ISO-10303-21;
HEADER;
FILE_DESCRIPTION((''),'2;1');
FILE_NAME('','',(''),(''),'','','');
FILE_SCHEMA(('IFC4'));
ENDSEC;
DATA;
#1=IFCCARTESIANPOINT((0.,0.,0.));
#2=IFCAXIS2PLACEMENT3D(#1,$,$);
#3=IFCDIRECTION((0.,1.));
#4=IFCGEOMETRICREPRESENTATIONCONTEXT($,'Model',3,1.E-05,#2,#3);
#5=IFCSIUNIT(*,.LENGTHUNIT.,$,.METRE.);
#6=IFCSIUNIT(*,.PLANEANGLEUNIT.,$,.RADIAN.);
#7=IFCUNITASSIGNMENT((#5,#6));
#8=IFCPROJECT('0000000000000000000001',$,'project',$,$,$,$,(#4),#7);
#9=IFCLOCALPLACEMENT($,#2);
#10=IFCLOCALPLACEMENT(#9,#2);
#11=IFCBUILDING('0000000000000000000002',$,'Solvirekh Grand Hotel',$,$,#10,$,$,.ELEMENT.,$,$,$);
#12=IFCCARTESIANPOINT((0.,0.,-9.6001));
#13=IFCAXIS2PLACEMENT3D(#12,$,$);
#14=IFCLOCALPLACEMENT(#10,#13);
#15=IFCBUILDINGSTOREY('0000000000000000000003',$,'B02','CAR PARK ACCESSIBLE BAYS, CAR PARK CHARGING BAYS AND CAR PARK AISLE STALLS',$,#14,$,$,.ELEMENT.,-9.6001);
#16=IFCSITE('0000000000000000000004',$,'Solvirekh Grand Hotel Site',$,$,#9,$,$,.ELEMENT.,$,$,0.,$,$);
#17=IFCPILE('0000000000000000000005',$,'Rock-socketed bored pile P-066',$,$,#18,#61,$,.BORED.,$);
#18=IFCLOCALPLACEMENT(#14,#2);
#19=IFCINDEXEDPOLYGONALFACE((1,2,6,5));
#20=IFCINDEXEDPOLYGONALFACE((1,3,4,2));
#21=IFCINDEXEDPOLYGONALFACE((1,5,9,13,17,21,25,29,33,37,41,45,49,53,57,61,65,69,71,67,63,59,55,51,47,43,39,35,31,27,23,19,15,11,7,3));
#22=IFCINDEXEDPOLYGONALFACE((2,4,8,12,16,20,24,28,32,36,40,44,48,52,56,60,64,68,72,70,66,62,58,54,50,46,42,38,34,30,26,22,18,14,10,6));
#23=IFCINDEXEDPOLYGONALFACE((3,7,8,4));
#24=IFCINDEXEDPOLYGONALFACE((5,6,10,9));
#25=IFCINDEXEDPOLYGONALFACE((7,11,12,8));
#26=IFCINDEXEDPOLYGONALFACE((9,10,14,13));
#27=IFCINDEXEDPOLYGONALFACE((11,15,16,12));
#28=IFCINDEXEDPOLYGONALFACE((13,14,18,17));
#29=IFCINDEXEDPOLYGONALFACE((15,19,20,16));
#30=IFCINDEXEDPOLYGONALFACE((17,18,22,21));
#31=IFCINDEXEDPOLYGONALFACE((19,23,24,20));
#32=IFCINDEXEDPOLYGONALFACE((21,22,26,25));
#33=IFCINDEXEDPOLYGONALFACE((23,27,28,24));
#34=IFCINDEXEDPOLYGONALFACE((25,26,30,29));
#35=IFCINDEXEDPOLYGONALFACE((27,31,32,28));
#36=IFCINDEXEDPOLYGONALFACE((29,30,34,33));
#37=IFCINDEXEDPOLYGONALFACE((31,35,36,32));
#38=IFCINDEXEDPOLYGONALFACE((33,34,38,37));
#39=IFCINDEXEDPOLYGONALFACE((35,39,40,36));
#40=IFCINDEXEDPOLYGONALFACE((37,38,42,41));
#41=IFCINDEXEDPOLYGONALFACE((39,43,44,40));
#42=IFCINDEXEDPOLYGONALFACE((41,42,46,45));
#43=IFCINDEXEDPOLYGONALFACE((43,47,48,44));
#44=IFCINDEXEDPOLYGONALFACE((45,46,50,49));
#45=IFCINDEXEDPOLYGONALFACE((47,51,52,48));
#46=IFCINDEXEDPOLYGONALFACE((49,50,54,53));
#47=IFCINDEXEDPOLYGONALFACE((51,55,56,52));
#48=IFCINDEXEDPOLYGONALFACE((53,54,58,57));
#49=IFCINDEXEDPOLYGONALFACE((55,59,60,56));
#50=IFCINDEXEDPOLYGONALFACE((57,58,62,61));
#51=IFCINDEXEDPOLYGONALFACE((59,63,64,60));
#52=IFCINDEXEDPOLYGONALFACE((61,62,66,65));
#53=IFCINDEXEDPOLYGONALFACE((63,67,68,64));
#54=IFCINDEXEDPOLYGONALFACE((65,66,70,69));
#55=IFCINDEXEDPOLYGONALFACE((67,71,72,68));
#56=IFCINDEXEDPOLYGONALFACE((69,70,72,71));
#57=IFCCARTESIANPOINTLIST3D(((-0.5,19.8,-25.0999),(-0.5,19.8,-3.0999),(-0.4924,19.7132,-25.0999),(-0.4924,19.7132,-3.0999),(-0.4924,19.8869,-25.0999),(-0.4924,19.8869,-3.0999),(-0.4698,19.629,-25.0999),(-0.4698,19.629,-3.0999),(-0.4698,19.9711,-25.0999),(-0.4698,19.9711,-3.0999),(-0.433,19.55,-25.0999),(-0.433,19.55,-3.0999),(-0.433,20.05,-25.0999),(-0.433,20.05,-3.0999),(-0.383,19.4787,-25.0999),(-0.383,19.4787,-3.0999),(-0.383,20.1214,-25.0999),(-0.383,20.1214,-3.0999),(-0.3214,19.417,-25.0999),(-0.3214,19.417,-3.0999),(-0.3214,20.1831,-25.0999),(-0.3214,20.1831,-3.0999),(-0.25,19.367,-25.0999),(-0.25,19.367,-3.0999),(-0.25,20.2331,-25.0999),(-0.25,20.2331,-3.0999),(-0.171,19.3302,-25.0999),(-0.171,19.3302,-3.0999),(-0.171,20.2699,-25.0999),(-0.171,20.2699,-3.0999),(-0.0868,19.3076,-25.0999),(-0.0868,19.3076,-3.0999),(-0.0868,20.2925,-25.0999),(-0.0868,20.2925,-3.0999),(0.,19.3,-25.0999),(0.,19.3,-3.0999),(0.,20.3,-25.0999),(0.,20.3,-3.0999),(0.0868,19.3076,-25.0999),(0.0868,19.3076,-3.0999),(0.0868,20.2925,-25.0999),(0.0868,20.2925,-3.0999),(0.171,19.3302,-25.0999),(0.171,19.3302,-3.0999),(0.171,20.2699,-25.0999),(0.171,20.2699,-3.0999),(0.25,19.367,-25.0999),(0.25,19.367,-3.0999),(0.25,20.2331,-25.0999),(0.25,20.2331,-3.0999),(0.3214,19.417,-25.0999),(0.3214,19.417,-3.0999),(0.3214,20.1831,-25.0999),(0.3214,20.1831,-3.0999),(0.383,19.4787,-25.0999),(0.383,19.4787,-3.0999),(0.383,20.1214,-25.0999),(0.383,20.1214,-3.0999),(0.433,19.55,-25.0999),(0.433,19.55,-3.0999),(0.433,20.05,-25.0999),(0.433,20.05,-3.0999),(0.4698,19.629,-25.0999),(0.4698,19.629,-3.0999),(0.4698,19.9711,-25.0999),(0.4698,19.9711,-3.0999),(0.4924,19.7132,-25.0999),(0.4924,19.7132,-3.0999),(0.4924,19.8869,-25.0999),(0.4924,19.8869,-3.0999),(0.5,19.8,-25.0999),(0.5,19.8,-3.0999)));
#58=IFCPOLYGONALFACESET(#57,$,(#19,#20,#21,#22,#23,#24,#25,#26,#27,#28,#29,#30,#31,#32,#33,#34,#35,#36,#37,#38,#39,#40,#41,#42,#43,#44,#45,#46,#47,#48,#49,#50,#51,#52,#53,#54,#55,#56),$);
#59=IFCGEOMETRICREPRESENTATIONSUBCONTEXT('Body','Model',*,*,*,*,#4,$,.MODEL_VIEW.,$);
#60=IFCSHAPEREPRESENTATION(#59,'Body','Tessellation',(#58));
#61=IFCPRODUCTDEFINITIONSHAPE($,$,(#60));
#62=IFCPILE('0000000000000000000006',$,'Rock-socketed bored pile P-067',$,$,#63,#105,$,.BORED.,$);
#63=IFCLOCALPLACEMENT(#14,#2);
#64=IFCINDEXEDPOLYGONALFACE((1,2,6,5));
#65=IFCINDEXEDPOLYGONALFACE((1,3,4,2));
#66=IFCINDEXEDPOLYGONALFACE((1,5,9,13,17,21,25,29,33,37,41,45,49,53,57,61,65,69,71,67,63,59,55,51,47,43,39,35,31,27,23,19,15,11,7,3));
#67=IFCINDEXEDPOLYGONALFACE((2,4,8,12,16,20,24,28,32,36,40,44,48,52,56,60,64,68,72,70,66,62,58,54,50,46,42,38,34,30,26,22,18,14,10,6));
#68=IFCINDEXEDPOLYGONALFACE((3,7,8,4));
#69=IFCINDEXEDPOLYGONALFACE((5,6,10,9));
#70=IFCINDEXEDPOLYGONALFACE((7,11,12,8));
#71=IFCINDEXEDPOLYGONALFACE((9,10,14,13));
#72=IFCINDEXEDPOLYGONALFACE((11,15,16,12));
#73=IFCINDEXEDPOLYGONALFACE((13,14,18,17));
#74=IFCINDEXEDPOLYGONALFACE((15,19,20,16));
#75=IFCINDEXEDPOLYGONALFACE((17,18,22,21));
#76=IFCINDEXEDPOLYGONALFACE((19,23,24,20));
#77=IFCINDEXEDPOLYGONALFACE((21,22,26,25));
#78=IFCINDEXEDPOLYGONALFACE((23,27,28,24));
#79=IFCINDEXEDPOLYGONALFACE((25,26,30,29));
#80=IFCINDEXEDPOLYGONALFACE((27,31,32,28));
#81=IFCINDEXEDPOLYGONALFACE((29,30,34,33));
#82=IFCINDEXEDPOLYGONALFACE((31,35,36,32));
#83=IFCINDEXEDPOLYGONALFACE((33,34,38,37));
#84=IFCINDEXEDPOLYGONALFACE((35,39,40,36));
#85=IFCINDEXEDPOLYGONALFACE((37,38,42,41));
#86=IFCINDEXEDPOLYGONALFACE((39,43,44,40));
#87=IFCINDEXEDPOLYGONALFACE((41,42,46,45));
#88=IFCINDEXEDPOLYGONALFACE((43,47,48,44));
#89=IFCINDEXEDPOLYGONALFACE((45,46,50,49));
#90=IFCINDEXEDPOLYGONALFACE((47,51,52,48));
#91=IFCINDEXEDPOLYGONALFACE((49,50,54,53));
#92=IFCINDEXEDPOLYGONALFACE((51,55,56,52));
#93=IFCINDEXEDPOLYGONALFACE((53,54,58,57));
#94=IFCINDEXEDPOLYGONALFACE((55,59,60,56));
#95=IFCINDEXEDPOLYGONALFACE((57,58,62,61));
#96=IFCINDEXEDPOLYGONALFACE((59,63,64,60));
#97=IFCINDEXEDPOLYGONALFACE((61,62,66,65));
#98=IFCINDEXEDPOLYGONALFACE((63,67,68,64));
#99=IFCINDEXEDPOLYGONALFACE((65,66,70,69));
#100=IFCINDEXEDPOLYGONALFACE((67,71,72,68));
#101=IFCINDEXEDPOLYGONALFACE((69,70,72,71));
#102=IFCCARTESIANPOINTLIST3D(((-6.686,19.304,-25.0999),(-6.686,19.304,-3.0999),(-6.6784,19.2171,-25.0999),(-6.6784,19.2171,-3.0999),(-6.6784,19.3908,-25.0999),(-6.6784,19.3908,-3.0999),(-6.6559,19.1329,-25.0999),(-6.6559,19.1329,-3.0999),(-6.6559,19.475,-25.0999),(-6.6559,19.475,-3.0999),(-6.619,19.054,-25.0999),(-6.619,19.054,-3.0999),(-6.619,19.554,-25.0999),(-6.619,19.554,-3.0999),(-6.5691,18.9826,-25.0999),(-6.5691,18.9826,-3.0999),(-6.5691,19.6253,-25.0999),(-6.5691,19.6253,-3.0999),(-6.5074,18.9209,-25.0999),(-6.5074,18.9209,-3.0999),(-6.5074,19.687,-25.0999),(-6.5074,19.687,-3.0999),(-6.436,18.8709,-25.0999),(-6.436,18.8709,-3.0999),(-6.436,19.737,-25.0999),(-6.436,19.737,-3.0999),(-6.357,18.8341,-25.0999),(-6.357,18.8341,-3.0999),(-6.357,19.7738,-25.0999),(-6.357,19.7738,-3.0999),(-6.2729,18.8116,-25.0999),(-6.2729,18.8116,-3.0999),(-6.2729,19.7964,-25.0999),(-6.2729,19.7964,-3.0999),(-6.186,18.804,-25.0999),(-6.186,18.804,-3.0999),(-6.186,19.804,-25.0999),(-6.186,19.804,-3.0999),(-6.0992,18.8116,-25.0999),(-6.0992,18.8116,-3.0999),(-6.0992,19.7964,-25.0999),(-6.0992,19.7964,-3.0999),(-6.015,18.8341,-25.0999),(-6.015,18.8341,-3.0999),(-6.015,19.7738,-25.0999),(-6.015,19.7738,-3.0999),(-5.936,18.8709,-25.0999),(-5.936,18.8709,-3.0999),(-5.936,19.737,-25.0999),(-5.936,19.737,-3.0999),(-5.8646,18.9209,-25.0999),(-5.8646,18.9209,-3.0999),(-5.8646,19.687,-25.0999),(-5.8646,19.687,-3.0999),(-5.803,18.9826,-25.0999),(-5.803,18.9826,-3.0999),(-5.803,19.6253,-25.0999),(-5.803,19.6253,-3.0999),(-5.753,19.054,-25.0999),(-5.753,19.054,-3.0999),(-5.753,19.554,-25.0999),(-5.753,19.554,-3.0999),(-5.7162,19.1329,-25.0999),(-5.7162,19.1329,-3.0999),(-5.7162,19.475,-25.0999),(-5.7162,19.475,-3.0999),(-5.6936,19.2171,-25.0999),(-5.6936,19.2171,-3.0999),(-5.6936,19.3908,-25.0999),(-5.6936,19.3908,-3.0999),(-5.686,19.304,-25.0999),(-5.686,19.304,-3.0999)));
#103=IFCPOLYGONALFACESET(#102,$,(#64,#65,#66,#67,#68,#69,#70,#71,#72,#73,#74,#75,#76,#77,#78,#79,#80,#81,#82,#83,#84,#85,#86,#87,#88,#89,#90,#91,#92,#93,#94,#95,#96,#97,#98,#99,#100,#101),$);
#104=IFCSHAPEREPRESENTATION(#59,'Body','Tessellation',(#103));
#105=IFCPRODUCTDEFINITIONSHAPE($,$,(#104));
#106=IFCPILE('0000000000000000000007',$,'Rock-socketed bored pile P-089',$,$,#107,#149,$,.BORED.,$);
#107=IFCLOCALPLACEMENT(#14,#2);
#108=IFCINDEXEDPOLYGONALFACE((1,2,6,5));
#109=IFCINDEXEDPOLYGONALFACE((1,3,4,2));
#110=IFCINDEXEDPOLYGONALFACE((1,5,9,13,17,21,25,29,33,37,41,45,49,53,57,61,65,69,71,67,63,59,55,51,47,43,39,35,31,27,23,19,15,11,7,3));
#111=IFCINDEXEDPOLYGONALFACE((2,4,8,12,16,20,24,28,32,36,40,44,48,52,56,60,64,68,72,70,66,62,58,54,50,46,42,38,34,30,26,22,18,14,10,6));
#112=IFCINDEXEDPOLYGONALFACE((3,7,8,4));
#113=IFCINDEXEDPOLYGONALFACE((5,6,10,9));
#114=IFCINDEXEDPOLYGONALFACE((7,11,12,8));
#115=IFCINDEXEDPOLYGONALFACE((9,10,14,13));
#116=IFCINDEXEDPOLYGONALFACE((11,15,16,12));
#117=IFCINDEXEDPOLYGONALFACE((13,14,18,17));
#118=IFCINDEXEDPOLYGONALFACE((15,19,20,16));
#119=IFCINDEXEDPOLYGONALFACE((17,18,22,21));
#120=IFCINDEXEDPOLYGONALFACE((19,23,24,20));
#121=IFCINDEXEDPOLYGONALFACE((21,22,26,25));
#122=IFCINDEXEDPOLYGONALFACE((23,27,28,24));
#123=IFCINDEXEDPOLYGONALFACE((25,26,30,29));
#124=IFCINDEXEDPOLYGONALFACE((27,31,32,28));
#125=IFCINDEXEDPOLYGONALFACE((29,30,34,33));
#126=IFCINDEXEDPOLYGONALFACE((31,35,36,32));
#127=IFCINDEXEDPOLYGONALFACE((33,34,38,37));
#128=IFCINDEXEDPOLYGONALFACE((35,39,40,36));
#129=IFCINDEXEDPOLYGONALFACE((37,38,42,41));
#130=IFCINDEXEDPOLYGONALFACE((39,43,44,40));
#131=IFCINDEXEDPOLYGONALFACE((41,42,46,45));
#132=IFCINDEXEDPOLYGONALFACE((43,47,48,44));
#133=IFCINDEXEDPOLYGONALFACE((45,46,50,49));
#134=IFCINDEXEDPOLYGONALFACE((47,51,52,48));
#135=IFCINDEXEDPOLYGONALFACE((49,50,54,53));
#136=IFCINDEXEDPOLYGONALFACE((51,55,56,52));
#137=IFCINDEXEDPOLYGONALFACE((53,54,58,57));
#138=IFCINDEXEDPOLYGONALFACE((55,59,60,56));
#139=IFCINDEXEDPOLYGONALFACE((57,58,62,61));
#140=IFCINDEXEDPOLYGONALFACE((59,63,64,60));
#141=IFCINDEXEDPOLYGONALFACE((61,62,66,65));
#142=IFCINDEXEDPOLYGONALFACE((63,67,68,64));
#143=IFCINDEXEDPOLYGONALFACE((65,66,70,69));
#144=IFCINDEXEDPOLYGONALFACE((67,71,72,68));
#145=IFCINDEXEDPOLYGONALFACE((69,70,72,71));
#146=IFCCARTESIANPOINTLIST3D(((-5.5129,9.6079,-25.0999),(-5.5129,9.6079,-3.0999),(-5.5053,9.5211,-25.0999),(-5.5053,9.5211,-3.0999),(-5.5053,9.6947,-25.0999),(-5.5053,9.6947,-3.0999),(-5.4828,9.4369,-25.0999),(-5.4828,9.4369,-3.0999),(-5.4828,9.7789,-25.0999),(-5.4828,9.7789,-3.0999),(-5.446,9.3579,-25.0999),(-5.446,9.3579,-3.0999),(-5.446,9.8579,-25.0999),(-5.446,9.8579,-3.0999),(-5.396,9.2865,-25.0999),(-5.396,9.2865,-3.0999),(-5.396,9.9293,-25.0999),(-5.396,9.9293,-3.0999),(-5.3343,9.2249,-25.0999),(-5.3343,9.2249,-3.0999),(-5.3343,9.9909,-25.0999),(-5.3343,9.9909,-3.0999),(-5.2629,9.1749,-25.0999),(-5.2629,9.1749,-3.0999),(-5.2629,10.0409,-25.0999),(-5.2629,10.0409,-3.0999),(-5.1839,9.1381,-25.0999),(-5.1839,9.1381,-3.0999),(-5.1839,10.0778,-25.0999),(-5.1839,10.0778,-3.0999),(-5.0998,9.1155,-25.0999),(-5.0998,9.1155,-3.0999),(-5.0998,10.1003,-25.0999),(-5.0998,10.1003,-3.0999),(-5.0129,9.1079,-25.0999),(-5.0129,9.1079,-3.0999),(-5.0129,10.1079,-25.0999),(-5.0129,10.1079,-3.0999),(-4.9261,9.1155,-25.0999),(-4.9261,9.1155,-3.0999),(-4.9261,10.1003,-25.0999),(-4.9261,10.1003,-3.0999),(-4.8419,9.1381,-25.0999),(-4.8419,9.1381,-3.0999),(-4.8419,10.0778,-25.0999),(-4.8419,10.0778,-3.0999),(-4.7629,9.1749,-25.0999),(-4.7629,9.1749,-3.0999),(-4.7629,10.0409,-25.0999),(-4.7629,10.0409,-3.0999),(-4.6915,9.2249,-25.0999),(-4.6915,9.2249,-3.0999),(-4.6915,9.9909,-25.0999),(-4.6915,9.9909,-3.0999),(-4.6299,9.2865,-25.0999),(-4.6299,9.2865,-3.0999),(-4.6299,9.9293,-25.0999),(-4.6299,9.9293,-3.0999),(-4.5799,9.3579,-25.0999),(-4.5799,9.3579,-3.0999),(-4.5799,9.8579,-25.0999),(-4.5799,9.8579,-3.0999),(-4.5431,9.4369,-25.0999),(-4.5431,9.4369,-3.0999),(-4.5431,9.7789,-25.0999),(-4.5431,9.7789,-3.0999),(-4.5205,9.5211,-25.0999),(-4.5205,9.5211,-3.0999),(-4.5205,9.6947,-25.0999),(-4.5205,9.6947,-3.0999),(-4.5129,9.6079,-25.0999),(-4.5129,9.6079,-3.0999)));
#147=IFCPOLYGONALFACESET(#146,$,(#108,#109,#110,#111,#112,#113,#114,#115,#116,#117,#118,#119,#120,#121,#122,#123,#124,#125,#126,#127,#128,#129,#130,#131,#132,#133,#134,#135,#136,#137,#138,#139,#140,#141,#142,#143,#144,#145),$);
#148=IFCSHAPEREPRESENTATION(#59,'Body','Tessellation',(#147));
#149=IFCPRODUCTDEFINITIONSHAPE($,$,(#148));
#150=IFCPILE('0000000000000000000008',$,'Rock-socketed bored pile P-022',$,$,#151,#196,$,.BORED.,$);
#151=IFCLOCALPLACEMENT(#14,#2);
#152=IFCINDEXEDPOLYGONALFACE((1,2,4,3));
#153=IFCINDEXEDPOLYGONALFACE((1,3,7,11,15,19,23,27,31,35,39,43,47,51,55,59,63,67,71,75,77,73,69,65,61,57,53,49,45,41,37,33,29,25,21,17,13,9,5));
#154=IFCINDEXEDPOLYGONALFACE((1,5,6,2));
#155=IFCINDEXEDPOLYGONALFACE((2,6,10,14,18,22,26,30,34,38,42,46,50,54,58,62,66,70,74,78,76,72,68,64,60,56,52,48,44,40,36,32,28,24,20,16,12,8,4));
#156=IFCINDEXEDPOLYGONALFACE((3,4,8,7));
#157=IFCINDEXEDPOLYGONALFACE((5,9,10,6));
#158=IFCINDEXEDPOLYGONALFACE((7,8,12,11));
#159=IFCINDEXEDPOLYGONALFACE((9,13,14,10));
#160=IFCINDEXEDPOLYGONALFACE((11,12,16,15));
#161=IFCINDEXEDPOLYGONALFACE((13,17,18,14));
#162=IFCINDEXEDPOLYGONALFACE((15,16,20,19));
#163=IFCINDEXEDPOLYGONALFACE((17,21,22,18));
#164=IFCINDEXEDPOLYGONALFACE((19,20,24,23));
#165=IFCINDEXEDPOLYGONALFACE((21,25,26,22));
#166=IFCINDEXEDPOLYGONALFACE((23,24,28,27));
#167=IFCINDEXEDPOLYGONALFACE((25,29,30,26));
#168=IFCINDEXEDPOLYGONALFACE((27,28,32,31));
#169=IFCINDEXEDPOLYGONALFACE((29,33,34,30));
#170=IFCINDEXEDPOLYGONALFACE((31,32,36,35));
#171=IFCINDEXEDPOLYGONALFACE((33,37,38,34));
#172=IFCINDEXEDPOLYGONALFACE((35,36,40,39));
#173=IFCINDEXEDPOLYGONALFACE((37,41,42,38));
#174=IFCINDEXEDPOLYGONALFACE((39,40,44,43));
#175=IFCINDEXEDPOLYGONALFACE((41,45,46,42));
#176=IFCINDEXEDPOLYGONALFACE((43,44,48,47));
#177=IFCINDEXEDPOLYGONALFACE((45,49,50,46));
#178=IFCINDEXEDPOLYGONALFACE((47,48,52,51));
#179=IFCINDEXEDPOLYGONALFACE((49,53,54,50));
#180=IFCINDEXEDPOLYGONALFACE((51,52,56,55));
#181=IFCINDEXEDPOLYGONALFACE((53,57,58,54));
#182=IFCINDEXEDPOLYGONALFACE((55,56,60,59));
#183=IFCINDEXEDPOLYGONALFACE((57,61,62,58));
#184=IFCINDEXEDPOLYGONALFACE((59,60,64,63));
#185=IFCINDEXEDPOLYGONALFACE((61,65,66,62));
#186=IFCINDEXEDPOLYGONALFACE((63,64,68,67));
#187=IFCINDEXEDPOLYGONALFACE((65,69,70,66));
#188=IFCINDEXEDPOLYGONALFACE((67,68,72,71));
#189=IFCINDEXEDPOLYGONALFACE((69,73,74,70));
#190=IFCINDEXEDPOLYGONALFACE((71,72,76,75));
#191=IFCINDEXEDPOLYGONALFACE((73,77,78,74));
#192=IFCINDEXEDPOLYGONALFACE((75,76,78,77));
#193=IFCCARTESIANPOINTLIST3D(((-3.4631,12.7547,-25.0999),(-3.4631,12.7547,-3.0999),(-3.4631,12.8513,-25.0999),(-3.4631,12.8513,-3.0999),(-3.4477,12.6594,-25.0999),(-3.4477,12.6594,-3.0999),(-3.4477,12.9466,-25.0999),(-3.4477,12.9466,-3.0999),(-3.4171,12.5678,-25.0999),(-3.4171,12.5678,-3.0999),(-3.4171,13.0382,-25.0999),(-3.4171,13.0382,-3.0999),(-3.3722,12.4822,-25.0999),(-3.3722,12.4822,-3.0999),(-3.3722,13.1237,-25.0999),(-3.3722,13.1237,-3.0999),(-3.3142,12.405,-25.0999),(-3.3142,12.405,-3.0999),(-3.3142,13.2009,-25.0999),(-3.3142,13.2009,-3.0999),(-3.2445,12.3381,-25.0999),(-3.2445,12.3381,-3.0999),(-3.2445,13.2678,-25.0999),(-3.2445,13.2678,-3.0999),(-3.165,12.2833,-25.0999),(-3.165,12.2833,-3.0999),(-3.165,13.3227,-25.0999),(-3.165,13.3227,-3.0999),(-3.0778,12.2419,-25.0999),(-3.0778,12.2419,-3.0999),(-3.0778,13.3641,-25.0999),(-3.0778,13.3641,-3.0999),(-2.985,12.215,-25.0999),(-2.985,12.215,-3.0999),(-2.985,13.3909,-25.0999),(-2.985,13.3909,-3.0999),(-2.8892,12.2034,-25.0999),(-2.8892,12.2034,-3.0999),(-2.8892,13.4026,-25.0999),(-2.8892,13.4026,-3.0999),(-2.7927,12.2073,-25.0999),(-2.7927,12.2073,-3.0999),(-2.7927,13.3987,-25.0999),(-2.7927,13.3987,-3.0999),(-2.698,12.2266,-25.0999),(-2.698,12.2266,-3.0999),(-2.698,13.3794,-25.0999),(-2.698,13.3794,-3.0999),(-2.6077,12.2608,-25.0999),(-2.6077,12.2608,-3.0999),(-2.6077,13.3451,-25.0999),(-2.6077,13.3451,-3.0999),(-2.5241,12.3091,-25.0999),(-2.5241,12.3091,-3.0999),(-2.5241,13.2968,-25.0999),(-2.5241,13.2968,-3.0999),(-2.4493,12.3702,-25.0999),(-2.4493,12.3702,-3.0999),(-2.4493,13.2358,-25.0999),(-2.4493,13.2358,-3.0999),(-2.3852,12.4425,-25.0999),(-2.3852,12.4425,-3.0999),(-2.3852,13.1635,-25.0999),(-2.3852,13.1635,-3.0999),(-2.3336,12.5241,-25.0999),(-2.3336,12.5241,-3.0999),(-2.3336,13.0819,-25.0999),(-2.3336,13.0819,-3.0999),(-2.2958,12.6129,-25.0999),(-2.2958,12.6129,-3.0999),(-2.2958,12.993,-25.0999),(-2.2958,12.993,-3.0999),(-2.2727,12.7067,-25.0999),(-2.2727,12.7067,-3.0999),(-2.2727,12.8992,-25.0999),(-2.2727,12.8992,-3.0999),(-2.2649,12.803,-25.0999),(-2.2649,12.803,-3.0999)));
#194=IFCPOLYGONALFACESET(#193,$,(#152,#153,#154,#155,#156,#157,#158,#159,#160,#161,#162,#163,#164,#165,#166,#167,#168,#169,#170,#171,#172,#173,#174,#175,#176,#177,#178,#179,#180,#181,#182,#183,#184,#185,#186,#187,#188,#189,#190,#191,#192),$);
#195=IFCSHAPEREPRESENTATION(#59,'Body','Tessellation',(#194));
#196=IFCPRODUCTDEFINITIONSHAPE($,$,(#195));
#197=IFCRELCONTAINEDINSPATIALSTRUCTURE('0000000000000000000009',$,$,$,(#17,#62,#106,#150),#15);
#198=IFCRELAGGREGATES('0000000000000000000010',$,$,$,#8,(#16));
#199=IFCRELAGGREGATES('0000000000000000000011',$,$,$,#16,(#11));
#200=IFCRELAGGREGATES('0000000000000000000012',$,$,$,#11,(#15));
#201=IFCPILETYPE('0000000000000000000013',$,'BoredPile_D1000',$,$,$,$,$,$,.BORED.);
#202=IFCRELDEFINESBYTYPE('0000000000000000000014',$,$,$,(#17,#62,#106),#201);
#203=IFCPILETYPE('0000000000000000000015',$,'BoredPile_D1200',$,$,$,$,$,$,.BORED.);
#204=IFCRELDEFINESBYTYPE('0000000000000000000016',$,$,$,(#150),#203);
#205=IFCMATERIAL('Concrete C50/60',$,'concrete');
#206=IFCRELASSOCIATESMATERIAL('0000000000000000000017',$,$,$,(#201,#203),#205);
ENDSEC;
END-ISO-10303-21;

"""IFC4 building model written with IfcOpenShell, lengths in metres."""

from ifc_helpers import new_model, si_unit, direction, frame, origin, origin_2d, place, context, subcontext, project, spatial, circle, extrude, material, material_profile, profile_set, type_object, element, save


model = new_model("IFC4")

# Units and contexts
model_context = context("Model", 3, precision=1e-05, world=origin(), true_north=direction((0.0, 1.0)))
body_context = subcontext(model_context, "Body", "Model", "MODEL_VIEW")
ifc_project = project(units=[si_unit("LENGTHUNIT", "METRE"), si_unit("PLANEANGLEUNIT", "RADIAN")], contexts=[model_context])

# Site, building, storey
site_placement = place(None, origin())
site = spatial("IfcSite", under=ifc_project, at=site_placement, Name="Solvirekh Grand Hotel Site", CompositionType="ELEMENT", RefElevation=0.0)
building_placement = place(site_placement, origin())
building = spatial("IfcBuilding", under=site, at=building_placement, Name="Solvirekh Grand Hotel", CompositionType="ELEMENT")
storey_placement = place(building_placement, frame((0.0, 0.0, -9.6001)))
storey = spatial("IfcBuildingStorey", under=building, at=storey_placement, Name="B02", Description="CAR PARK ACCESSIBLE BAYS, CAR PARK CHARGING BAYS AND CAR PARK AISLE STALLS", CompositionType="ELEMENT", Elevation=-9.6001)

# Piles
ifc_material_1 = material(Name="Concrete C50/60", Category="concrete")
ifc_material_profile_1 = material_profile(ifc_material_1, circle(Radius=0.5, at=origin_2d()), Name="BORED PILE D1000")
ifc_profile_set_1 = profile_set([ifc_material_profile_1], Name="Concrete C50/60")
pile_type_1 = type_object("IfcPileType", Name="BoredPile_D1000", PredefinedType="BORED", material=ifc_profile_set_1)
for number, where, z_axis, x_axis, name in (
    (1, (0.0, 19.8, -3.0999), (0.0, 0.0, -1.0), (1.0, 0.0, 0.0), "Rock-socketed bored pile P-066"),
    (2, (-6.186, 19.304, -3.0999), (0.0, 0.0, -1.0), (1.0, 0.0, 0.0), "Rock-socketed bored pile P-067"),
    (3, (-5.0129, 9.6079, -3.0999), (0.0, 0.0, -1.0), (1.0, 0.0, 0.0), "Rock-socketed bored pile P-089"),
):
    element("IfcPile", number, at=place(storey_placement, frame(where, z_axis=z_axis, x_axis=x_axis)), inside=storey, type_object=pile_type_1, Name=name, PredefinedType="BORED", context=body_context, shape_type="SweptSolid", body=[
        extrude(circle(Radius=0.5, at=origin_2d()), origin(), (0.0, 0.0, 1.0), 22.0),
    ])
ifc_material_profile_2 = material_profile(ifc_material_1, circle(Radius=0.6001, at=origin_2d()), Name="BORED PILE D1200")
ifc_profile_set_2 = profile_set([ifc_material_profile_2], Name="Concrete C50/60")
pile_type_2 = type_object("IfcPileType", Name="BoredPile_D1200", PredefinedType="BORED", material=ifc_profile_set_2)
for number, where, z_axis, x_axis, name in (
    (4, (-2.865, 12.803, -3.0999), (0.0, 0.0, -1.0), (1.0, 0.0, 0.0), "Rock-socketed bored pile P-022"),
):
    element("IfcPile", number, at=place(storey_placement, frame(where, z_axis=z_axis, x_axis=x_axis)), inside=storey, type_object=pile_type_2, Name=name, PredefinedType="BORED", context=body_context, shape_type="SweptSolid", body=[
        extrude(circle(Radius=0.6001, at=origin_2d()), origin(), (0.0, 0.0, 1.0), 22.0),
    ])

save(model, "model.ifc")
